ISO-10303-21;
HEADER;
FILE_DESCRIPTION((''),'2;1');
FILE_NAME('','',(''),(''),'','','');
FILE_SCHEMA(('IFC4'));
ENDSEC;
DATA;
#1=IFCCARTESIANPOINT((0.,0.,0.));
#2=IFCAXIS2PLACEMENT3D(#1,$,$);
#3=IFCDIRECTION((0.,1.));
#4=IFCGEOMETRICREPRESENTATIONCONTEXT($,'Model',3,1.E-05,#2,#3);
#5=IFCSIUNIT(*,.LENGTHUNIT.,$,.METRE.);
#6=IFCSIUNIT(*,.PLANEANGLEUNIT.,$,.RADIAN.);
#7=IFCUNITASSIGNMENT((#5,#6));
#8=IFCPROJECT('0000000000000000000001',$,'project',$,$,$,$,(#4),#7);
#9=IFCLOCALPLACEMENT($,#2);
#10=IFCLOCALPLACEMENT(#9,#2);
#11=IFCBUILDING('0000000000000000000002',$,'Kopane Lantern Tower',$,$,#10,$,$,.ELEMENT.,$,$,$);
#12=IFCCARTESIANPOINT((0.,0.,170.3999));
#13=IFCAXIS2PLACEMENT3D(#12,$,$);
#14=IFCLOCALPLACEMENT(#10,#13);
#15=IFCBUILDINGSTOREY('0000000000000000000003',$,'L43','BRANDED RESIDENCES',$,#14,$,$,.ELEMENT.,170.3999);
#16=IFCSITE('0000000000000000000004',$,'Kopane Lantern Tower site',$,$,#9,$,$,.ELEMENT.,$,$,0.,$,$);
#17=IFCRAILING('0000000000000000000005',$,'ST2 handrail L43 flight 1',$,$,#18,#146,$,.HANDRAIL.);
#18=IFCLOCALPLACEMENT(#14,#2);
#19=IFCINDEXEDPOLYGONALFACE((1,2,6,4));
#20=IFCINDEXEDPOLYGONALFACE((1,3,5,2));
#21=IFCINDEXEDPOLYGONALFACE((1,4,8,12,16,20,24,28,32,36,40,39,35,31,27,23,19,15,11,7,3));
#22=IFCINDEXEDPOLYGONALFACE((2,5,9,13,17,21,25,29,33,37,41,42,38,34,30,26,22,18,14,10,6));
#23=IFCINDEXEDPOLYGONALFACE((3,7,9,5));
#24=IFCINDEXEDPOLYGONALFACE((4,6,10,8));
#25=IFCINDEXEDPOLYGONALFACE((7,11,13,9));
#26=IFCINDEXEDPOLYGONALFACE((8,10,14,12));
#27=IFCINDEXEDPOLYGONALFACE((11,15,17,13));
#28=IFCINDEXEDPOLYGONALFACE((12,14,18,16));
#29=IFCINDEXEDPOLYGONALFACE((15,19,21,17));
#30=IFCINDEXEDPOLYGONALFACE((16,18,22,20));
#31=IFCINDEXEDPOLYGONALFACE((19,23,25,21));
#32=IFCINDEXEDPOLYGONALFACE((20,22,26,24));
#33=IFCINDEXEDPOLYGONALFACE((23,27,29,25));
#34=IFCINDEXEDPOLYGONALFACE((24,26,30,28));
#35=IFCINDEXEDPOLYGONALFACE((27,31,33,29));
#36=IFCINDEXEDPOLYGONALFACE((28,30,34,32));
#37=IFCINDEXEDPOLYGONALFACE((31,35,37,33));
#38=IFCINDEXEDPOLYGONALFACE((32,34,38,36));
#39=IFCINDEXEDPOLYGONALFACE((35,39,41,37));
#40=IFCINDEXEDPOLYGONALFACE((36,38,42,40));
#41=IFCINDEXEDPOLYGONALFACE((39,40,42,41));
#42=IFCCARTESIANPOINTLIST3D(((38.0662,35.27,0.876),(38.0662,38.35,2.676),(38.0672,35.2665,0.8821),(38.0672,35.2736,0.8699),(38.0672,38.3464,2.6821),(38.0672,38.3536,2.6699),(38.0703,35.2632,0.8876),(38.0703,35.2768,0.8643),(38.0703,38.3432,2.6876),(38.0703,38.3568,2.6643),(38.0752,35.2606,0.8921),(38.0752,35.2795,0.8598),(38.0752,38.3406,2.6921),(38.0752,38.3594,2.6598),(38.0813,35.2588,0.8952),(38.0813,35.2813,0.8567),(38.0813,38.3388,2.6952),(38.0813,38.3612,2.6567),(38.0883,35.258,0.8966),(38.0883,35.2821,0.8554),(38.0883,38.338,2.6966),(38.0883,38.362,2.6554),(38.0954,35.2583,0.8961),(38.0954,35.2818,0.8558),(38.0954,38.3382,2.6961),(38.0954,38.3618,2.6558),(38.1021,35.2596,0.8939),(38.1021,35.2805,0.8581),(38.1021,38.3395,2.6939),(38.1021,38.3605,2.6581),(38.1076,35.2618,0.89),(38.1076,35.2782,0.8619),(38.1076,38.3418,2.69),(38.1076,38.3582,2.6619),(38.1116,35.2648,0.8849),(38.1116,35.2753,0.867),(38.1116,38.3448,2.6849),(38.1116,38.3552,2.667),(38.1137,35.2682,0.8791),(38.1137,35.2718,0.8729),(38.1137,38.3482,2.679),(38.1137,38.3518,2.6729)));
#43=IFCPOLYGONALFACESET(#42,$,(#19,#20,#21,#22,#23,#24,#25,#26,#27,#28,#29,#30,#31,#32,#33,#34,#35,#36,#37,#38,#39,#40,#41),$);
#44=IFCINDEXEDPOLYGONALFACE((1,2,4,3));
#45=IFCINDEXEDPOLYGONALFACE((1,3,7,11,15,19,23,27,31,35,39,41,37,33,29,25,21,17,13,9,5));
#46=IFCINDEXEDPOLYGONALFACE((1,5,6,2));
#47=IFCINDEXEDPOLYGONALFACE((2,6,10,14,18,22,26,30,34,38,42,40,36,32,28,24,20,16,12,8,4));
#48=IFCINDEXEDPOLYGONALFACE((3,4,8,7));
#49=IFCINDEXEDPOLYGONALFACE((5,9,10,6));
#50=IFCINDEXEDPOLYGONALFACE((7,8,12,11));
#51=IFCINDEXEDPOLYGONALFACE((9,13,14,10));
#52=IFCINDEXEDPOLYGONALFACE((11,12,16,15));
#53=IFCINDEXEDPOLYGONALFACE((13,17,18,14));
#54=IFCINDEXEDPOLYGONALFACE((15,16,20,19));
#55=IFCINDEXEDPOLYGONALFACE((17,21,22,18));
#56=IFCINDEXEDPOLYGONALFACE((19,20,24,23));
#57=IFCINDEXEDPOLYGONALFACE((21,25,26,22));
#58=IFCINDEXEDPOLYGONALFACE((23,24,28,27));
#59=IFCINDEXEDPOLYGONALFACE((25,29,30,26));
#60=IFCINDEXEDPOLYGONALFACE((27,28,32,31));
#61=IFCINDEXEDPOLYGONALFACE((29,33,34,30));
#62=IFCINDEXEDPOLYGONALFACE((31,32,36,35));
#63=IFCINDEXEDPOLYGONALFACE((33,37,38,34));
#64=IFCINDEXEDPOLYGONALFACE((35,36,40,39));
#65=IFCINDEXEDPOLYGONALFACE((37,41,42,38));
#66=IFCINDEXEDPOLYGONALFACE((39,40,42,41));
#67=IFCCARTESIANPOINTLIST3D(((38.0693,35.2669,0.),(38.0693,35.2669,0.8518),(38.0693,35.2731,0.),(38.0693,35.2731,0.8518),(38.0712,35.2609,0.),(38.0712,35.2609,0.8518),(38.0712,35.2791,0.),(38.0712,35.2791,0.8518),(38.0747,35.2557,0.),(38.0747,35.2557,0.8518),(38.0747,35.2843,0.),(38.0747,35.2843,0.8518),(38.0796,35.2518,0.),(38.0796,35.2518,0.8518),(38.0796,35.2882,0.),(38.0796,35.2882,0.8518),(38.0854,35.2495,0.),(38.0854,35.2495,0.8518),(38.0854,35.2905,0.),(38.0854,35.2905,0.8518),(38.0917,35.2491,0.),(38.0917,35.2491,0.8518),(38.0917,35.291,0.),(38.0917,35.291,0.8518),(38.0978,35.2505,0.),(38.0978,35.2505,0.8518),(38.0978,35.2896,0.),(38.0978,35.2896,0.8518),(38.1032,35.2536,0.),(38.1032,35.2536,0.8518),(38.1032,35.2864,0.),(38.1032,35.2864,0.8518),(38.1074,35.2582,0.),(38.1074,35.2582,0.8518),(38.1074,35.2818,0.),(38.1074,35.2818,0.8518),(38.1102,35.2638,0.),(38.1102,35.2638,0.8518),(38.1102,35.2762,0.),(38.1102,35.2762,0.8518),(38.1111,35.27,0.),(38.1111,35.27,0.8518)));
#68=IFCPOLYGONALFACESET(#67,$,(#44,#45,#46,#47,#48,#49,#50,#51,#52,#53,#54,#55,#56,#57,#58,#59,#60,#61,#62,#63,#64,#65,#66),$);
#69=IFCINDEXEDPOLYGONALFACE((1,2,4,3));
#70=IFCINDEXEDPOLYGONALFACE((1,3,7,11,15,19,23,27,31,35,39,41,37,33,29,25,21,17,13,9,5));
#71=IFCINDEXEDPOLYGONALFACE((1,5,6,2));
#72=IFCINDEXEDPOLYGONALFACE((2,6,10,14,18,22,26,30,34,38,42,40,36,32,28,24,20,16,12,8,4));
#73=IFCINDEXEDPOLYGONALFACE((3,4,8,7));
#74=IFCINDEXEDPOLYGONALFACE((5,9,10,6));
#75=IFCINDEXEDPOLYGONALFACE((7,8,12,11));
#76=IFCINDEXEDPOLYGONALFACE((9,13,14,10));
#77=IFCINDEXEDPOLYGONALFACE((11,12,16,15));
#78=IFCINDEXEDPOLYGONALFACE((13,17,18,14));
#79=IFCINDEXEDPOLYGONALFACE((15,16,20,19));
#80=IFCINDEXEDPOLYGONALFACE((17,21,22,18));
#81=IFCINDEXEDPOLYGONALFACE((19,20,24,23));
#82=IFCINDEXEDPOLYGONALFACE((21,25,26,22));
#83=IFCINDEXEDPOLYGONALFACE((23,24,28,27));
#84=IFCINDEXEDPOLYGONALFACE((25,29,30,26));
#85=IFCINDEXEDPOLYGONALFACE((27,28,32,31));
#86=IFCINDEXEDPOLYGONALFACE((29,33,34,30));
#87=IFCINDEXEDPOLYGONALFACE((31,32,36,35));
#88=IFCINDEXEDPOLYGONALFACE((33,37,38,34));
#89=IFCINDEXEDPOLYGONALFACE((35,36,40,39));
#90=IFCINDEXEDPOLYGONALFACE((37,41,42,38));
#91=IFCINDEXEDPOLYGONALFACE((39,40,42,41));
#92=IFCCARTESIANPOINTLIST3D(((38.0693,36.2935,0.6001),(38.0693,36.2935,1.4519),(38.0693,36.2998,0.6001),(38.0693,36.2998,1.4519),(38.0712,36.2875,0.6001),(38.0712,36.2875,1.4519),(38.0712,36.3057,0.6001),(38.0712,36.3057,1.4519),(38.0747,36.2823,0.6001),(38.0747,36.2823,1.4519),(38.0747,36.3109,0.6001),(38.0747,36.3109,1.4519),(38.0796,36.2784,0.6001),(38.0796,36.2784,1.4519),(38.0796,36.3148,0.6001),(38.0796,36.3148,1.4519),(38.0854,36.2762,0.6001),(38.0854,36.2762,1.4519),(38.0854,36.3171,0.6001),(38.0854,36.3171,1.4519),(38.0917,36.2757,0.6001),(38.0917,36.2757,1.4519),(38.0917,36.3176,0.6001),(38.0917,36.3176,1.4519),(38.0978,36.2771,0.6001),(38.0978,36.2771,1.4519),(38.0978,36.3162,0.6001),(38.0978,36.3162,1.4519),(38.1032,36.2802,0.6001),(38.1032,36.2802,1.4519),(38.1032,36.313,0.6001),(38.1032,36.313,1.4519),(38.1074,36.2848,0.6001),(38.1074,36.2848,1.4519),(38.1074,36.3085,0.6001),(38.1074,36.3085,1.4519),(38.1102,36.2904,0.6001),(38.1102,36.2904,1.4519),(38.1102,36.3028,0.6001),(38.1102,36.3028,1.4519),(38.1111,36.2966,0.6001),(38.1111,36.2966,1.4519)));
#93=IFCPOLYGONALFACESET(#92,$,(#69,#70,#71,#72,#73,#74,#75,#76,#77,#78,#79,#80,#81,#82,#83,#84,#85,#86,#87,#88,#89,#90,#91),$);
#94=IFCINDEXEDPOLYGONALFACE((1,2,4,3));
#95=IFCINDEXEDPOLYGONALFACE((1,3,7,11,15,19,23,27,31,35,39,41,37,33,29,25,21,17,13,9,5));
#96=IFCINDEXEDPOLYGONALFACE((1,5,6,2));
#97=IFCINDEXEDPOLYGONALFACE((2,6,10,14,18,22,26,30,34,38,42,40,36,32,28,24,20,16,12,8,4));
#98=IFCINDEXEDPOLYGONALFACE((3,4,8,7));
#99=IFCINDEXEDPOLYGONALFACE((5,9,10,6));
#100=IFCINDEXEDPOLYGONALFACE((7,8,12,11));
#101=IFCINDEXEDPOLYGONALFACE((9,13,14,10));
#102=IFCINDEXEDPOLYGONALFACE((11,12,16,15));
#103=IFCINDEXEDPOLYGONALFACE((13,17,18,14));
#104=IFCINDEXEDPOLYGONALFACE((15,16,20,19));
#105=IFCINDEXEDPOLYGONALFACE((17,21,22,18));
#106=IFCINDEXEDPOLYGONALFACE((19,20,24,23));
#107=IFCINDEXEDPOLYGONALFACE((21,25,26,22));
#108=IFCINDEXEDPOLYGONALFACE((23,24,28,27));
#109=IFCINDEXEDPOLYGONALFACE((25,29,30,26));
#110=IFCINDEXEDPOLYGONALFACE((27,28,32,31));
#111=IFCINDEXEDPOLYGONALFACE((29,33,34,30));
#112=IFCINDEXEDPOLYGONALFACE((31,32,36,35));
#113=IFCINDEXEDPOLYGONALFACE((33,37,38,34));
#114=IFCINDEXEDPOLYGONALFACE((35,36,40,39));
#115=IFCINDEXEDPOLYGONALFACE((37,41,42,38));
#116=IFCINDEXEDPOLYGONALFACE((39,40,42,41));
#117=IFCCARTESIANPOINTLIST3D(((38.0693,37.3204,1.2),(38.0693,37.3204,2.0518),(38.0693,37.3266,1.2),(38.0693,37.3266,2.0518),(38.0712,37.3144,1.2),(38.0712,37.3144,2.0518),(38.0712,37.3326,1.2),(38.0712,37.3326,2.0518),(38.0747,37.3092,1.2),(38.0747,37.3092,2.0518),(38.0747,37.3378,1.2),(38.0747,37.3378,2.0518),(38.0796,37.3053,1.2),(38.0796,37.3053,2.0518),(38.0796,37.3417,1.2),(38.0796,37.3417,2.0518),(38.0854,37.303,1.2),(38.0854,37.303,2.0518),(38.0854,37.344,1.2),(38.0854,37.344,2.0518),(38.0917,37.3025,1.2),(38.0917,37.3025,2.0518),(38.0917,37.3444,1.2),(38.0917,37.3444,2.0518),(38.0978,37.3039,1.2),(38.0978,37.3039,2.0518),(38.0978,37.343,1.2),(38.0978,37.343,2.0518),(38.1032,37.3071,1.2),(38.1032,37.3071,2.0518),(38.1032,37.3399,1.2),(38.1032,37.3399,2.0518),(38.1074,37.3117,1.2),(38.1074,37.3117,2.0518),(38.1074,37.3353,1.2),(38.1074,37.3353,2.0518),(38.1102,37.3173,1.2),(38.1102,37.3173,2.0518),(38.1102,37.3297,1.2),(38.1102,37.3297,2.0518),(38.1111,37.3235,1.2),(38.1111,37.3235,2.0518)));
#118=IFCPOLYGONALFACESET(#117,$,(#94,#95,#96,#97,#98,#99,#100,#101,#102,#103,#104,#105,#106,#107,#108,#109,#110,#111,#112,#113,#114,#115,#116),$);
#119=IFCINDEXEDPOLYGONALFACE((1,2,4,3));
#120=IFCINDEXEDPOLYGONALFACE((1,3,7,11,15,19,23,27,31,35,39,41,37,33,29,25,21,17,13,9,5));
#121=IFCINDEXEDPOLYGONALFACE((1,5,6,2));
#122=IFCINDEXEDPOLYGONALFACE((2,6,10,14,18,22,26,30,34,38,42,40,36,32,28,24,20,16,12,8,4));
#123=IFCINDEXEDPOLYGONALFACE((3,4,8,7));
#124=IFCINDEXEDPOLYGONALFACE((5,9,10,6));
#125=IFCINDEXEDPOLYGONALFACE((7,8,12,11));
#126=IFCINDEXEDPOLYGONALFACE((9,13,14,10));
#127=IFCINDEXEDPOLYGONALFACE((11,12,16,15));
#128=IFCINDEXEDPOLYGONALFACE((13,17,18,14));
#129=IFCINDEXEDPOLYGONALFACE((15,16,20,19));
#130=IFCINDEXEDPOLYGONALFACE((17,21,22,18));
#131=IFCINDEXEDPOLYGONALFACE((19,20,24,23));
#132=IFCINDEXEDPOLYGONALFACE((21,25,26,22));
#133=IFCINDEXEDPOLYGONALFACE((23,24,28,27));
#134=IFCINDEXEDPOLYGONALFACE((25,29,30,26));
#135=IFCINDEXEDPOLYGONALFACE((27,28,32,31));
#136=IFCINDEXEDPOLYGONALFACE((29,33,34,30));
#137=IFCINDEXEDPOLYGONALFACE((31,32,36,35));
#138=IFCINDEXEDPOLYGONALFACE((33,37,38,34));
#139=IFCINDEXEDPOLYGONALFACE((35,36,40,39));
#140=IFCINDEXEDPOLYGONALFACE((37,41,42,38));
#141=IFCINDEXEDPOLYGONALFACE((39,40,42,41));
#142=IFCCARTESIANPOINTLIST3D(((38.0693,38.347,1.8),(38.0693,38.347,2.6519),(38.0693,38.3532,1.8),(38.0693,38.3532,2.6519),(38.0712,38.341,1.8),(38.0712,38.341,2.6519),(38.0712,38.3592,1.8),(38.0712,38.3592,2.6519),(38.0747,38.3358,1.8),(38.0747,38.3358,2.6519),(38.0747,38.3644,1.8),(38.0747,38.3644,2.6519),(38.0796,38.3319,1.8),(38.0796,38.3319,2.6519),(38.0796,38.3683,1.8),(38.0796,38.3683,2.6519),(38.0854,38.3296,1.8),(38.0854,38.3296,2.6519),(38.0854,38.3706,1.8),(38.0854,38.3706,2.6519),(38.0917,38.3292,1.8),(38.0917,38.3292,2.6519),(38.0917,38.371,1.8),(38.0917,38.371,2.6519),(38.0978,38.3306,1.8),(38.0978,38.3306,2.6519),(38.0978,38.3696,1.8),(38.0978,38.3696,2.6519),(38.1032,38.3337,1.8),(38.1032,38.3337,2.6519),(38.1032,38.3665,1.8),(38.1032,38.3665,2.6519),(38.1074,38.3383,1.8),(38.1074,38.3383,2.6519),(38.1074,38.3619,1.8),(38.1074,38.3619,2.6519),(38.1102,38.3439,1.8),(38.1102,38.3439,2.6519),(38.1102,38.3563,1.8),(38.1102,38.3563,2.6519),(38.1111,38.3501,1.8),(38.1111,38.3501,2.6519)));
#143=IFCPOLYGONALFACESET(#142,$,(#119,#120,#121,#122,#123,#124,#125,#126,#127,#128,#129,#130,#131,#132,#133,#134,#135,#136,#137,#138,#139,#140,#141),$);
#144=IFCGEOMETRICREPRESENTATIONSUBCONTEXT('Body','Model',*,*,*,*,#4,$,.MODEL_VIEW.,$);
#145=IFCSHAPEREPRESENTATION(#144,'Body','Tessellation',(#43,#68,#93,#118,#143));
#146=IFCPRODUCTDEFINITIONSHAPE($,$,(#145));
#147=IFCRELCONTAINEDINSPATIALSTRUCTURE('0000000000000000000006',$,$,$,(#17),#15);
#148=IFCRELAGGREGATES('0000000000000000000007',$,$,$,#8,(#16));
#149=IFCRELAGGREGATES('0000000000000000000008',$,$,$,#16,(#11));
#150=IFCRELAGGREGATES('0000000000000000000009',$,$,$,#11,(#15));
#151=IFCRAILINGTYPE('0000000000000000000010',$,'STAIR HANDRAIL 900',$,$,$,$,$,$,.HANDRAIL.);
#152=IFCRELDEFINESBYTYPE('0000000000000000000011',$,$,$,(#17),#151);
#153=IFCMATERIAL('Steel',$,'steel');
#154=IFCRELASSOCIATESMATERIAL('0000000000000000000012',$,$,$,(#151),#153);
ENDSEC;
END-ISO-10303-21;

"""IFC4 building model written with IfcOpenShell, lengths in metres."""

from ifc_helpers import new_model, si_unit, direction, frame, origin, origin_2d, place, context, subcontext, project, spatial, circle, extrude, material, type_object, element, save


model = new_model("IFC4")

# Units and contexts
model_context = context("Model", 3, precision=1e-05, world=origin(), true_north=direction((0.0, 1.0)))
body_context = subcontext(model_context, "Body", "Model", "MODEL_VIEW")
ifc_project = project(units=[si_unit("LENGTHUNIT", "METRE"), si_unit("PLANEANGLEUNIT", "RADIAN")], contexts=[model_context])

# Site, building, storey
site_placement = place(None, origin())
site = spatial("IfcSite", under=ifc_project, at=site_placement, Name="Kopane Lantern Tower site", CompositionType="ELEMENT", RefElevation=0.0)
building_placement = place(site_placement, origin())
building = spatial("IfcBuilding", under=site, at=building_placement, Name="Kopane Lantern Tower", CompositionType="ELEMENT")
storey_placement = place(building_placement, frame((0.0, 0.0, 170.3999)))
storey = spatial("IfcBuildingStorey", under=building, at=storey_placement, Name="L43", Description="BRANDED RESIDENCES", CompositionType="ELEMENT", Elevation=170.3999)

# Railing
ifc_material_1 = material(Name="Steel", Category="steel")
railing_type_1 = type_object("IfcRailingType", Name="STAIR HANDRAIL 900", PredefinedType="HANDRAIL", material=ifc_material_1)
for number, where, name in (
    (1, (38.0901, 35.27, 0.0), "ST2 handrail L43 flight 1"),
):
    element("IfcRailing", number, at=place(storey_placement, frame(where)), inside=storey, type_object=railing_type_1, Name=name, PredefinedType="HANDRAIL", context=body_context, shape_type="SweptSolid", body=[
        extrude(circle(Radius=0.0239, at=origin_2d()), frame((0.0, 0.0, 0.876), z_axis=(0.0, 0.863372, 0.504569), x_axis=(-1.0, 0.0, 0.0)), (0.0, 0.0, 1.0), 3.5674),
        extrude(circle(Radius=0.021, at=origin_2d()), origin(), (0.0, 0.0, 1.0), 0.8518),
        extrude(circle(Radius=0.021, at=origin_2d()), frame((0.0, 1.0266, 0.6001)), (0.0, 0.0, 1.0), 0.8518),
        extrude(circle(Radius=0.021, at=origin_2d()), frame((0.0, 2.0535, 1.2)), (0.0, 0.0, 1.0), 0.8518),
        extrude(circle(Radius=0.021, at=origin_2d()), frame((0.0, 3.0801, 1.8)), (0.0, 0.0, 1.0), 0.8518),
    ])

save(model, "model.ifc")
